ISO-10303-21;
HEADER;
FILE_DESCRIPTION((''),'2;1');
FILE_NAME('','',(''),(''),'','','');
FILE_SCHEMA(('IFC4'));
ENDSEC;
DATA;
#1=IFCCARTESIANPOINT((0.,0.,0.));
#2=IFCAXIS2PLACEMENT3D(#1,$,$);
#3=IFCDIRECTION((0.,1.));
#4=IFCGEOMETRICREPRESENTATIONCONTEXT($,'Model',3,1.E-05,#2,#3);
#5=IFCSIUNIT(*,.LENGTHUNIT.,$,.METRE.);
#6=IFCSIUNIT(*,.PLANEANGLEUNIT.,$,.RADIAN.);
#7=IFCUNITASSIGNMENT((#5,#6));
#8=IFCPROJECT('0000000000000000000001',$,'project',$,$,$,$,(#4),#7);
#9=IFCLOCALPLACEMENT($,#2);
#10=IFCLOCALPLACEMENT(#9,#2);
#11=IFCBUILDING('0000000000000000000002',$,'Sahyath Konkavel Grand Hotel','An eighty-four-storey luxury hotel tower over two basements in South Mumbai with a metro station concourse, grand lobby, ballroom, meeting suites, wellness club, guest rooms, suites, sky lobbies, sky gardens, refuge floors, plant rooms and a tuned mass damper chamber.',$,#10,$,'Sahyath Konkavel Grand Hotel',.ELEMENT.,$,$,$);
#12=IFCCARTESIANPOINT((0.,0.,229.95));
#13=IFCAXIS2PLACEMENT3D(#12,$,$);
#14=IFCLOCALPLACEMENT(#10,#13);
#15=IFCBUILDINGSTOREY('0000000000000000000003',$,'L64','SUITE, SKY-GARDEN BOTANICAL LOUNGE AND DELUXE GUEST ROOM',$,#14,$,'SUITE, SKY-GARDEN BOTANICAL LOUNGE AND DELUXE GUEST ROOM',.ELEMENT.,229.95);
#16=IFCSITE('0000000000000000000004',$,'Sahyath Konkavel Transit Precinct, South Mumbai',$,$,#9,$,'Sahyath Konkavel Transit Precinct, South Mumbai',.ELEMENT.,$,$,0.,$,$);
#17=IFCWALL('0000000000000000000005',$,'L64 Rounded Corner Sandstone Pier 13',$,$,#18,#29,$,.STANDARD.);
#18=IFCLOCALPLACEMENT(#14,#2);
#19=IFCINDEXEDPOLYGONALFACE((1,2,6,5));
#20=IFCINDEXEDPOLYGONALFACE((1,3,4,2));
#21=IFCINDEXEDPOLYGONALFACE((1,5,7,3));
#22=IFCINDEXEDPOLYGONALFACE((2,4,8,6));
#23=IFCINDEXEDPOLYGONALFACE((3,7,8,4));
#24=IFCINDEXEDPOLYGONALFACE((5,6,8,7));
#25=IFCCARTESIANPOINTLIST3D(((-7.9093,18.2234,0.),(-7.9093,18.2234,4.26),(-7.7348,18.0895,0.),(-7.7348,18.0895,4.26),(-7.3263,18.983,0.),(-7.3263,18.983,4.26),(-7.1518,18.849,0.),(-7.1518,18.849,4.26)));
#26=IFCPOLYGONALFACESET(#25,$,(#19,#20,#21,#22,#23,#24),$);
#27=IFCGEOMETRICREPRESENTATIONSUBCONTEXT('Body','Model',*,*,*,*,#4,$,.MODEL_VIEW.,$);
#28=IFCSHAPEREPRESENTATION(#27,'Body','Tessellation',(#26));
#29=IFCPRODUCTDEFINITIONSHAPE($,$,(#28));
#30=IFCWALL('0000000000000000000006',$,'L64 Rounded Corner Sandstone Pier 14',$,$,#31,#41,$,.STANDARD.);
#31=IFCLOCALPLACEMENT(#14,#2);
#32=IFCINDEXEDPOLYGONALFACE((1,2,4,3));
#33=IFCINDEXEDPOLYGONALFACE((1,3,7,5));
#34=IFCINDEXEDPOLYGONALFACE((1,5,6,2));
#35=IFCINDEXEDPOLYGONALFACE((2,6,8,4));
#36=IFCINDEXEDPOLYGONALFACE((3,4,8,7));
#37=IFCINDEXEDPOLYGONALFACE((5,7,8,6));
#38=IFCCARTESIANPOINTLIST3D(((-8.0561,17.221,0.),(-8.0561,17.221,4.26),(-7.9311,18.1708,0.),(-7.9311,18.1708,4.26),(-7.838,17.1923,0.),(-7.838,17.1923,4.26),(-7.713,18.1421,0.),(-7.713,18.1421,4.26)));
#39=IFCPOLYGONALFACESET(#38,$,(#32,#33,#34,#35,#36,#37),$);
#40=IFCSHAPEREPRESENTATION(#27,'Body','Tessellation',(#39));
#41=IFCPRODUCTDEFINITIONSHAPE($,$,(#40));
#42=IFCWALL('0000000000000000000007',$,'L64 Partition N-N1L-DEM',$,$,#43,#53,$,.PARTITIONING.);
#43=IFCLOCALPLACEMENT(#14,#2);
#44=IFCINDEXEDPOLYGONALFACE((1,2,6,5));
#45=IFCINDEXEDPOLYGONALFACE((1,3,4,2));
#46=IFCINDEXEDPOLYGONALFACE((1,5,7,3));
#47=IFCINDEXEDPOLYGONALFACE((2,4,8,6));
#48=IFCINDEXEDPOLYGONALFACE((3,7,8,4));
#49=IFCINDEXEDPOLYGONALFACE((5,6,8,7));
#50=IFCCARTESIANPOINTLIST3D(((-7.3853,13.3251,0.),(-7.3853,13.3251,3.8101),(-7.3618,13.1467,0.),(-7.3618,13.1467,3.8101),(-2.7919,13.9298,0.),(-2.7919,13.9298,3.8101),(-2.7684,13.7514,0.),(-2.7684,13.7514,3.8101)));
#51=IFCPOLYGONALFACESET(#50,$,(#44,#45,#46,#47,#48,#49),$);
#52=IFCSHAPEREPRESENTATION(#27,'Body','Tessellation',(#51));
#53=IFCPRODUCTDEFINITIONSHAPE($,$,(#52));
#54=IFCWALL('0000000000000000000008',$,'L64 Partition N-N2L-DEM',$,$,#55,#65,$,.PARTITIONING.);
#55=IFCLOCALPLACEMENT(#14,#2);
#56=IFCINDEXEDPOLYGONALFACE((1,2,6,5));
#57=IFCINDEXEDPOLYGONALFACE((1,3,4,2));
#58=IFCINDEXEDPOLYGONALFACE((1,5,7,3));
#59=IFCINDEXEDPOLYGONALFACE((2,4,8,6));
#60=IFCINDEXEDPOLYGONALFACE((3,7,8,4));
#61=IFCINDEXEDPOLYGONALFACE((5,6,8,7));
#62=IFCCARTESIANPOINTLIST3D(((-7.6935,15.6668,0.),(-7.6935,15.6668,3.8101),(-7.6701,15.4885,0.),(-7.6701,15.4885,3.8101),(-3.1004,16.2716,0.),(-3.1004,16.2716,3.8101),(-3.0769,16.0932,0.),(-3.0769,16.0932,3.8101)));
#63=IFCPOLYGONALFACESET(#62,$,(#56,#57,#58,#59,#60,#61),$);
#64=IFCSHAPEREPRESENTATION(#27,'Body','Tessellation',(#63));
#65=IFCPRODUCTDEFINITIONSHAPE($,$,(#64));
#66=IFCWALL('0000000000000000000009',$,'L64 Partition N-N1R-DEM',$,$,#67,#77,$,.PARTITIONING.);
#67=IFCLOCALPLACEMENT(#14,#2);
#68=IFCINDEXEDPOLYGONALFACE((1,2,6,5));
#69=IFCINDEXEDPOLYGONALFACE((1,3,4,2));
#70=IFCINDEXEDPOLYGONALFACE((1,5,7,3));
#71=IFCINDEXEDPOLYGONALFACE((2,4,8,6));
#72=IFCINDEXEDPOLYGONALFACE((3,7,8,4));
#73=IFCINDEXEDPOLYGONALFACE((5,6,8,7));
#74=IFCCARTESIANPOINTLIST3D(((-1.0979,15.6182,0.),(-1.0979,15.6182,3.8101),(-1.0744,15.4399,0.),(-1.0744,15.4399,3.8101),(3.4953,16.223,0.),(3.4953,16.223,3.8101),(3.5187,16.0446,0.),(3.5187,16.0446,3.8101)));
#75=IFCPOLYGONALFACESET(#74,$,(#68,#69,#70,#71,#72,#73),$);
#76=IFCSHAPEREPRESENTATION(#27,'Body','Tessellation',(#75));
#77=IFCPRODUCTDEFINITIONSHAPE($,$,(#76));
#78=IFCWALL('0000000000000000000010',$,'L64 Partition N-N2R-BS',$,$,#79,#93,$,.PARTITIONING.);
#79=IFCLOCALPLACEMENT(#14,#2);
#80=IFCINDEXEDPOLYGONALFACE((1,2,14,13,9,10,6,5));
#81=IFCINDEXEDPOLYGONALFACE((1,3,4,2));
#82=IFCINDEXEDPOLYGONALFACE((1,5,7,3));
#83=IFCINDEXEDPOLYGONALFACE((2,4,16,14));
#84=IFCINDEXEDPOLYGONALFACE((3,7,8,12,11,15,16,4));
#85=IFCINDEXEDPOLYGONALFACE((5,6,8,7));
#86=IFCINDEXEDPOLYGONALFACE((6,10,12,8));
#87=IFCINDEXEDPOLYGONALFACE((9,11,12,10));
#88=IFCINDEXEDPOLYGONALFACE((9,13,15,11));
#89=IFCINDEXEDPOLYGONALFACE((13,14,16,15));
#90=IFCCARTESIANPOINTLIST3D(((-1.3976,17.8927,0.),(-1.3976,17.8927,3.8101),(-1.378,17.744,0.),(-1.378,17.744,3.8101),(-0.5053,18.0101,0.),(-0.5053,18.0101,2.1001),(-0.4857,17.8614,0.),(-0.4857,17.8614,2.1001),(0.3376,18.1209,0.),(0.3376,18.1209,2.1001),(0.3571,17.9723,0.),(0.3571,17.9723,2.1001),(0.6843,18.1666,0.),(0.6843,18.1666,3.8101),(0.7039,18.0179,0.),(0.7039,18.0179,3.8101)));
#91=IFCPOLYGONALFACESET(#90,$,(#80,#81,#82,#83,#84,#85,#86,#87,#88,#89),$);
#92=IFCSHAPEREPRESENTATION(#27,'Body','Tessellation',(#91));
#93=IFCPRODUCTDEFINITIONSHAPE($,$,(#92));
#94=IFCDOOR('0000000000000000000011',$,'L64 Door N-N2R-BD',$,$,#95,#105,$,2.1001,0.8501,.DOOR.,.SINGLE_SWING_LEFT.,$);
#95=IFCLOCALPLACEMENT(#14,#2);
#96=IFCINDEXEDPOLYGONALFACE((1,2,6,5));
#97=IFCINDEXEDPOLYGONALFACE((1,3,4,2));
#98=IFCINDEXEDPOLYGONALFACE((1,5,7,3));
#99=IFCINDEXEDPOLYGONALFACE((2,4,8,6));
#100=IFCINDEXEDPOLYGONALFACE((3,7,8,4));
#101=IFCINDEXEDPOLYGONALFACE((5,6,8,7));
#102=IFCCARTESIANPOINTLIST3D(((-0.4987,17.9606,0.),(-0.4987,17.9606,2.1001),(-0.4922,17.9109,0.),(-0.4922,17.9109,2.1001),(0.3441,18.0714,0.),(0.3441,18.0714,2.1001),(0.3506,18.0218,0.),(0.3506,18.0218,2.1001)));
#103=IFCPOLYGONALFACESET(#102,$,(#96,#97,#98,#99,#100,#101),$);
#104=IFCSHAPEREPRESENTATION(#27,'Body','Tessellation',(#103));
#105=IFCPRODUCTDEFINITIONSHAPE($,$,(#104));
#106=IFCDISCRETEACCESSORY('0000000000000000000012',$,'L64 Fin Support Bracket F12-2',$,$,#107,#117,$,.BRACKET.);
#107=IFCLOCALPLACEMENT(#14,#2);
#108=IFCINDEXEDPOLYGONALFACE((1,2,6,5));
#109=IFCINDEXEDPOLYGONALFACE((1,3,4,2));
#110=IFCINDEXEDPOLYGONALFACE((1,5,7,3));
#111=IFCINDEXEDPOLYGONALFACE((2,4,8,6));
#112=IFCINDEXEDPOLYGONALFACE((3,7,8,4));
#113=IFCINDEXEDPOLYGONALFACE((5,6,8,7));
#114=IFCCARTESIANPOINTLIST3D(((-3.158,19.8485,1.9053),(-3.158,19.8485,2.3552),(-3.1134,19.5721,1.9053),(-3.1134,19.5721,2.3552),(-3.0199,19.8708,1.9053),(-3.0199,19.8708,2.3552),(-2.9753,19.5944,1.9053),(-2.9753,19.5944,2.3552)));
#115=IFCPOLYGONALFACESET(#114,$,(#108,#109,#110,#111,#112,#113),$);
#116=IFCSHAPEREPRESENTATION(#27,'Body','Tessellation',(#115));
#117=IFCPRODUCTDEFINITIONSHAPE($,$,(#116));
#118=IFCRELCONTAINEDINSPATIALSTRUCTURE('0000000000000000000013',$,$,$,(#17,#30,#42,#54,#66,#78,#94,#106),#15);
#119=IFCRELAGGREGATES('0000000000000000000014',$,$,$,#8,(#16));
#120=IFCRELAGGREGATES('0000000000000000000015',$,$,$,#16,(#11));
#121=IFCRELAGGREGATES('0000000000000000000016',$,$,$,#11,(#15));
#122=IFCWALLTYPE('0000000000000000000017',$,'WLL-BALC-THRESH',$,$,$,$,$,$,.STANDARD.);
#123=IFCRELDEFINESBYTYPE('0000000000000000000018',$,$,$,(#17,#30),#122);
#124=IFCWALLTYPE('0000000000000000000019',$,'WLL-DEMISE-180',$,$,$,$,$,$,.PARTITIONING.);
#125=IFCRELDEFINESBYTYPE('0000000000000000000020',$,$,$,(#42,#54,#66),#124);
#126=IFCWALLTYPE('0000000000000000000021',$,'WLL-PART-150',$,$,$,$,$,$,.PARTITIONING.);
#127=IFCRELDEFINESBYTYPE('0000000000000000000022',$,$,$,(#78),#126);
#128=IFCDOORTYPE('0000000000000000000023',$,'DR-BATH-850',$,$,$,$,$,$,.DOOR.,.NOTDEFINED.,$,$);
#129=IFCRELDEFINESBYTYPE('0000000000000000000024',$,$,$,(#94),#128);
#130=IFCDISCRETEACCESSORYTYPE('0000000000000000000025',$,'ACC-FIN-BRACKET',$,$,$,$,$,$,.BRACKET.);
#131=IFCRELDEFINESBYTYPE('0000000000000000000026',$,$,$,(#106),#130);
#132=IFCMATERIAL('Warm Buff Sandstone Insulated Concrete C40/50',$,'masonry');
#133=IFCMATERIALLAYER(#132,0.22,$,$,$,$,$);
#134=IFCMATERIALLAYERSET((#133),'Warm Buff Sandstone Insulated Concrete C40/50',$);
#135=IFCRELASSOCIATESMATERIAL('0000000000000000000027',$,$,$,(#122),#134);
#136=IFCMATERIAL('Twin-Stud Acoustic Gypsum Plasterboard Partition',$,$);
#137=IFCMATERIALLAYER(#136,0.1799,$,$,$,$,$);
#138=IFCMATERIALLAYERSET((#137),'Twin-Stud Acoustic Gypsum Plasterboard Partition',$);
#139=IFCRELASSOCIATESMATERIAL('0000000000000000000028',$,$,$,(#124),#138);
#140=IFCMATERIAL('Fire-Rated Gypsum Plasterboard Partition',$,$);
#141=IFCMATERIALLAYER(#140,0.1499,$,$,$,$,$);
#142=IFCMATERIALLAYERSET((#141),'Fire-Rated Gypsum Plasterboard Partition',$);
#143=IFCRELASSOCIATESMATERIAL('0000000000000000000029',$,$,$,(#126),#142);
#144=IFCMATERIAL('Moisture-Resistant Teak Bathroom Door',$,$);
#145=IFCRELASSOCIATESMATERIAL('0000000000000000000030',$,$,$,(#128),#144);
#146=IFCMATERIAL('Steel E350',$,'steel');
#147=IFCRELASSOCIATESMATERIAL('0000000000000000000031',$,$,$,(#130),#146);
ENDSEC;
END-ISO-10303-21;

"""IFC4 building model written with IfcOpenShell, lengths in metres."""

from ifc_helpers import new_model, si_unit, direction, frame, frame_2d, origin, origin_2d, place, context, subcontext, project, spatial, rectangle, extrude, source, transform, mapped, material, layer, layer_set, type_object, element, fill, save


model = new_model("IFC4")

# Units and contexts
model_context = context("Model", 3, precision=1e-05, world=origin(), true_north=direction((0.0, 1.0)))
body_context = subcontext(model_context, "Body", "Model", "MODEL_VIEW")
ifc_project = project(units=[si_unit("LENGTHUNIT", "METRE"), si_unit("PLANEANGLEUNIT", "RADIAN")], contexts=[model_context])

# Site, building, storey
site_placement = place(None, origin())
site = spatial("IfcSite", under=ifc_project, at=site_placement, Name="Sahyath Konkavel Transit Precinct, South Mumbai", LongName="Sahyath Konkavel Transit Precinct, South Mumbai", CompositionType="ELEMENT", RefElevation=0.0)
building_placement = place(site_placement, origin())
building = spatial("IfcBuilding", under=site, at=building_placement, Name="Sahyath Konkavel Grand Hotel", Description="An eighty-four-storey luxury hotel tower over two basements in South Mumbai with a metro station concourse, grand lobby, ballroom, meeting suites, wellness club, guest rooms, suites, sky lobbies, sky gardens, refuge floors, plant rooms and a tuned mass damper chamber.", LongName="Sahyath Konkavel Grand Hotel", CompositionType="ELEMENT")
storey_placement = place(building_placement, frame((0.0, 0.0, 229.95)))
storey = spatial("IfcBuildingStorey", under=building, at=storey_placement, Name="L64", Description="SUITE, SKY-GARDEN BOTANICAL LOUNGE AND DELUXE GUEST ROOM", LongName="SUITE, SKY-GARDEN BOTANICAL LOUNGE AND DELUXE GUEST ROOM", CompositionType="ELEMENT", Elevation=229.95)

# Shared definitions
ifc_material_1 = material(Name="Steel E350", Category="steel")

# Walls
ifc_material_2 = material(Name="Warm Buff Sandstone Insulated Concrete C40/50", Category="masonry")
ifc_layer_1 = layer(ifc_material_2, 0.22)
ifc_layer_set_1 = layer_set([ifc_layer_1], Name="Warm Buff Sandstone Insulated Concrete C40/50")
wall_type_1 = type_object("IfcWallType", Name="WLL-BALC-THRESH", PredefinedType="STANDARD", material=ifc_layer_set_1)
wall_1_placement = place(storey_placement, frame((-7.239, 18.916, 0.0), z_axis=(0.0, 0.0, 1.0), x_axis=(-0.608897, -0.793249, 0.0)))
element("IfcWall", 1, at=wall_1_placement, inside=storey, type_object=wall_type_1, Name="L64 Rounded Corner Sandstone Pier 13", PredefinedType="STANDARD", context=body_context, shape_type="SweptSolid", body=[
    extrude(rectangle(XDim=0.9575, YDim=0.22, at=frame_2d((0.4788, 0.0))), origin(), (0.0, 0.0, 1.0), 4.26),
])
wall_2_placement = place(storey_placement, frame((-7.822, 18.1565, 0.0), z_axis=(0.0, 0.0, 1.0), x_axis=(-0.130494, -0.991449, 0.0)))
element("IfcWall", 2, at=wall_2_placement, inside=storey, type_object=wall_type_1, Name="L64 Rounded Corner Sandstone Pier 14", PredefinedType="STANDARD", context=body_context, shape_type="SweptSolid", body=[
    extrude(rectangle(XDim=0.958, YDim=0.22, at=frame_2d((0.479, 0.0))), origin(), (0.0, 0.0, 1.0), 4.26),
])
ifc_material_3 = material(Name="Twin-Stud Acoustic Gypsum Plasterboard Partition")
ifc_layer_2 = layer(ifc_material_3, 0.1799)
ifc_layer_set_2 = layer_set([ifc_layer_2], Name="Twin-Stud Acoustic Gypsum Plasterboard Partition")
wall_type_2 = type_object("IfcWallType", Name="WLL-DEMISE-180", PredefinedType="PARTITIONING", material=ifc_layer_set_2)
wall_3_placement = place(storey_placement, frame((-2.7803, 13.8406, 0.0), z_axis=(0.0, 0.0, 1.0), x_axis=(-0.991445, -0.130524, 0.0)))
element("IfcWall", 3, at=wall_3_placement, inside=storey, type_object=wall_type_2, Name="L64 Partition N-N1L-DEM", PredefinedType="PARTITIONING", context=body_context, shape_type="SweptSolid", body=[
    extrude(rectangle(XDim=4.6331, YDim=0.1799, at=frame_2d((2.3164, 0.0))), origin(), (0.0, 0.0, 1.0), 3.8101),
])
for number, where, z_axis, x_axis, name in (
    (4, (-3.0886, 16.1824, 0.0), (0.0, 0.0, 1.0), (-0.991444, -0.130531, 0.0), "L64 Partition N-N2L-DEM"),
    (5, (-1.0862, 15.5291, 0.0), (0.0, 0.0, 1.0), (0.991444, 0.130531, 0.0), "L64 Partition N-N1R-DEM"),
):
    element("IfcWall", number, at=place(storey_placement, frame(where, z_axis=z_axis, x_axis=x_axis)), inside=storey, type_object=wall_type_2, Name=name, PredefinedType="PARTITIONING", context=body_context, shape_type="SweptSolid", body=[
        extrude(rectangle(XDim=4.6328, YDim=0.1799, at=frame_2d((2.3164, 0.0))), origin(), (0.0, 0.0, 1.0), 3.8101),
    ])

# Wall, opening, door
ifc_material_4 = material(Name="Fire-Rated Gypsum Plasterboard Partition")
ifc_layer_3 = layer(ifc_material_4, 0.1499)
ifc_layer_set_3 = layer_set([ifc_layer_3], Name="Fire-Rated Gypsum Plasterboard Partition")
wall_type_3 = type_object("IfcWallType", Name="WLL-PART-150", PredefinedType="PARTITIONING", material=ifc_layer_set_3)
wall_4_placement = place(storey_placement, frame((-1.3877, 17.8184, 0.0), z_axis=(0.0, 0.0, 1.0), x_axis=(0.991456, 0.130442, 0.0)))
wall_4 = element("IfcWall", 6, at=wall_4_placement, inside=storey, type_object=wall_type_3, Name="L64 Partition N-N2R-BS", PredefinedType="PARTITIONING", context=body_context, shape_type="SweptSolid", body=[
    extrude(rectangle(XDim=2.0999, YDim=0.1499, at=frame_2d((1.0498, 0.0))), origin(), (0.0, 0.0, 1.0), 3.8101),
])
opening_placement = place(wall_4_placement, frame((0.8999, 0.0, 0.0)))
opening = element("IfcOpeningElement", 7, at=opening_placement, cuts=wall_4, PredefinedType="OPENING", context=body_context, shape_type="SweptSolid", body=[
    extrude(rectangle(XDim=0.8501, YDim=2.1001, at=frame_2d((0.425, 1.05))), frame((0.0, 0.085, 0.0), z_axis=(0.0, -1.0, 0.0), x_axis=(1.0, 0.0, 0.0)), (0.0, 0.0, 1.0), 0.1699),
])
ifc_material_5 = material(Name="Moisture-Resistant Teak Bathroom Door")
door_type = type_object("IfcDoorType", Name="DR-BATH-850", OperationType="NOTDEFINED", PredefinedType="DOOR", material=ifc_material_5)
shared_shape_1 = source(origin(), body_context, "Body", "SweptSolid", [
    extrude(rectangle(XDim=0.8501, YDim=0.05, at=origin_2d()), origin(), (0.0, 0.0, 1.0), 2.1001),
])
door_placement = place(opening_placement, frame((0.425, 0.0, 0.0)))
door = element("IfcDoor", 8, at=door_placement, inside=storey, type_object=door_type, Name="L64 Door N-N2R-BD", OperationType="SINGLE_SWING_LEFT", OverallHeight=2.1001, OverallWidth=0.8501, PredefinedType="DOOR", context=body_context, shape_type="MappedRepresentation", body=[
    mapped(shared_shape_1, transform((0.0, 0.0, 0.0), scale=1.0)),
])
fill(opening, door)

# Discrete accessory
discrete_accessory_type = type_object("IfcDiscreteAccessoryType", Name="ACC-FIN-BRACKET", PredefinedType="BRACKET", material=ifc_material_1)
shared_shape_2 = source(origin(), body_context, "Body", "SweptSolid", [
    extrude(rectangle(XDim=0.28, YDim=0.1399, at=origin_2d()), origin(), (0.0, 0.0, 1.0), 0.45),
])
discrete_accessory_placement = place(storey_placement, frame((-3.0667, 19.7214, 1.9053), z_axis=(0.0, 0.0, 1.0), x_axis=(-0.159399, 0.987214, 0.0)))
element("IfcDiscreteAccessory", 9, at=discrete_accessory_placement, inside=storey, type_object=discrete_accessory_type, Name="L64 Fin Support Bracket F12-2", PredefinedType="BRACKET", context=body_context, shape_type="MappedRepresentation", body=[
    mapped(shared_shape_2, transform((0.0, 0.0, 0.0), scale=1.0)),
])

save(model, "model.ifc")
